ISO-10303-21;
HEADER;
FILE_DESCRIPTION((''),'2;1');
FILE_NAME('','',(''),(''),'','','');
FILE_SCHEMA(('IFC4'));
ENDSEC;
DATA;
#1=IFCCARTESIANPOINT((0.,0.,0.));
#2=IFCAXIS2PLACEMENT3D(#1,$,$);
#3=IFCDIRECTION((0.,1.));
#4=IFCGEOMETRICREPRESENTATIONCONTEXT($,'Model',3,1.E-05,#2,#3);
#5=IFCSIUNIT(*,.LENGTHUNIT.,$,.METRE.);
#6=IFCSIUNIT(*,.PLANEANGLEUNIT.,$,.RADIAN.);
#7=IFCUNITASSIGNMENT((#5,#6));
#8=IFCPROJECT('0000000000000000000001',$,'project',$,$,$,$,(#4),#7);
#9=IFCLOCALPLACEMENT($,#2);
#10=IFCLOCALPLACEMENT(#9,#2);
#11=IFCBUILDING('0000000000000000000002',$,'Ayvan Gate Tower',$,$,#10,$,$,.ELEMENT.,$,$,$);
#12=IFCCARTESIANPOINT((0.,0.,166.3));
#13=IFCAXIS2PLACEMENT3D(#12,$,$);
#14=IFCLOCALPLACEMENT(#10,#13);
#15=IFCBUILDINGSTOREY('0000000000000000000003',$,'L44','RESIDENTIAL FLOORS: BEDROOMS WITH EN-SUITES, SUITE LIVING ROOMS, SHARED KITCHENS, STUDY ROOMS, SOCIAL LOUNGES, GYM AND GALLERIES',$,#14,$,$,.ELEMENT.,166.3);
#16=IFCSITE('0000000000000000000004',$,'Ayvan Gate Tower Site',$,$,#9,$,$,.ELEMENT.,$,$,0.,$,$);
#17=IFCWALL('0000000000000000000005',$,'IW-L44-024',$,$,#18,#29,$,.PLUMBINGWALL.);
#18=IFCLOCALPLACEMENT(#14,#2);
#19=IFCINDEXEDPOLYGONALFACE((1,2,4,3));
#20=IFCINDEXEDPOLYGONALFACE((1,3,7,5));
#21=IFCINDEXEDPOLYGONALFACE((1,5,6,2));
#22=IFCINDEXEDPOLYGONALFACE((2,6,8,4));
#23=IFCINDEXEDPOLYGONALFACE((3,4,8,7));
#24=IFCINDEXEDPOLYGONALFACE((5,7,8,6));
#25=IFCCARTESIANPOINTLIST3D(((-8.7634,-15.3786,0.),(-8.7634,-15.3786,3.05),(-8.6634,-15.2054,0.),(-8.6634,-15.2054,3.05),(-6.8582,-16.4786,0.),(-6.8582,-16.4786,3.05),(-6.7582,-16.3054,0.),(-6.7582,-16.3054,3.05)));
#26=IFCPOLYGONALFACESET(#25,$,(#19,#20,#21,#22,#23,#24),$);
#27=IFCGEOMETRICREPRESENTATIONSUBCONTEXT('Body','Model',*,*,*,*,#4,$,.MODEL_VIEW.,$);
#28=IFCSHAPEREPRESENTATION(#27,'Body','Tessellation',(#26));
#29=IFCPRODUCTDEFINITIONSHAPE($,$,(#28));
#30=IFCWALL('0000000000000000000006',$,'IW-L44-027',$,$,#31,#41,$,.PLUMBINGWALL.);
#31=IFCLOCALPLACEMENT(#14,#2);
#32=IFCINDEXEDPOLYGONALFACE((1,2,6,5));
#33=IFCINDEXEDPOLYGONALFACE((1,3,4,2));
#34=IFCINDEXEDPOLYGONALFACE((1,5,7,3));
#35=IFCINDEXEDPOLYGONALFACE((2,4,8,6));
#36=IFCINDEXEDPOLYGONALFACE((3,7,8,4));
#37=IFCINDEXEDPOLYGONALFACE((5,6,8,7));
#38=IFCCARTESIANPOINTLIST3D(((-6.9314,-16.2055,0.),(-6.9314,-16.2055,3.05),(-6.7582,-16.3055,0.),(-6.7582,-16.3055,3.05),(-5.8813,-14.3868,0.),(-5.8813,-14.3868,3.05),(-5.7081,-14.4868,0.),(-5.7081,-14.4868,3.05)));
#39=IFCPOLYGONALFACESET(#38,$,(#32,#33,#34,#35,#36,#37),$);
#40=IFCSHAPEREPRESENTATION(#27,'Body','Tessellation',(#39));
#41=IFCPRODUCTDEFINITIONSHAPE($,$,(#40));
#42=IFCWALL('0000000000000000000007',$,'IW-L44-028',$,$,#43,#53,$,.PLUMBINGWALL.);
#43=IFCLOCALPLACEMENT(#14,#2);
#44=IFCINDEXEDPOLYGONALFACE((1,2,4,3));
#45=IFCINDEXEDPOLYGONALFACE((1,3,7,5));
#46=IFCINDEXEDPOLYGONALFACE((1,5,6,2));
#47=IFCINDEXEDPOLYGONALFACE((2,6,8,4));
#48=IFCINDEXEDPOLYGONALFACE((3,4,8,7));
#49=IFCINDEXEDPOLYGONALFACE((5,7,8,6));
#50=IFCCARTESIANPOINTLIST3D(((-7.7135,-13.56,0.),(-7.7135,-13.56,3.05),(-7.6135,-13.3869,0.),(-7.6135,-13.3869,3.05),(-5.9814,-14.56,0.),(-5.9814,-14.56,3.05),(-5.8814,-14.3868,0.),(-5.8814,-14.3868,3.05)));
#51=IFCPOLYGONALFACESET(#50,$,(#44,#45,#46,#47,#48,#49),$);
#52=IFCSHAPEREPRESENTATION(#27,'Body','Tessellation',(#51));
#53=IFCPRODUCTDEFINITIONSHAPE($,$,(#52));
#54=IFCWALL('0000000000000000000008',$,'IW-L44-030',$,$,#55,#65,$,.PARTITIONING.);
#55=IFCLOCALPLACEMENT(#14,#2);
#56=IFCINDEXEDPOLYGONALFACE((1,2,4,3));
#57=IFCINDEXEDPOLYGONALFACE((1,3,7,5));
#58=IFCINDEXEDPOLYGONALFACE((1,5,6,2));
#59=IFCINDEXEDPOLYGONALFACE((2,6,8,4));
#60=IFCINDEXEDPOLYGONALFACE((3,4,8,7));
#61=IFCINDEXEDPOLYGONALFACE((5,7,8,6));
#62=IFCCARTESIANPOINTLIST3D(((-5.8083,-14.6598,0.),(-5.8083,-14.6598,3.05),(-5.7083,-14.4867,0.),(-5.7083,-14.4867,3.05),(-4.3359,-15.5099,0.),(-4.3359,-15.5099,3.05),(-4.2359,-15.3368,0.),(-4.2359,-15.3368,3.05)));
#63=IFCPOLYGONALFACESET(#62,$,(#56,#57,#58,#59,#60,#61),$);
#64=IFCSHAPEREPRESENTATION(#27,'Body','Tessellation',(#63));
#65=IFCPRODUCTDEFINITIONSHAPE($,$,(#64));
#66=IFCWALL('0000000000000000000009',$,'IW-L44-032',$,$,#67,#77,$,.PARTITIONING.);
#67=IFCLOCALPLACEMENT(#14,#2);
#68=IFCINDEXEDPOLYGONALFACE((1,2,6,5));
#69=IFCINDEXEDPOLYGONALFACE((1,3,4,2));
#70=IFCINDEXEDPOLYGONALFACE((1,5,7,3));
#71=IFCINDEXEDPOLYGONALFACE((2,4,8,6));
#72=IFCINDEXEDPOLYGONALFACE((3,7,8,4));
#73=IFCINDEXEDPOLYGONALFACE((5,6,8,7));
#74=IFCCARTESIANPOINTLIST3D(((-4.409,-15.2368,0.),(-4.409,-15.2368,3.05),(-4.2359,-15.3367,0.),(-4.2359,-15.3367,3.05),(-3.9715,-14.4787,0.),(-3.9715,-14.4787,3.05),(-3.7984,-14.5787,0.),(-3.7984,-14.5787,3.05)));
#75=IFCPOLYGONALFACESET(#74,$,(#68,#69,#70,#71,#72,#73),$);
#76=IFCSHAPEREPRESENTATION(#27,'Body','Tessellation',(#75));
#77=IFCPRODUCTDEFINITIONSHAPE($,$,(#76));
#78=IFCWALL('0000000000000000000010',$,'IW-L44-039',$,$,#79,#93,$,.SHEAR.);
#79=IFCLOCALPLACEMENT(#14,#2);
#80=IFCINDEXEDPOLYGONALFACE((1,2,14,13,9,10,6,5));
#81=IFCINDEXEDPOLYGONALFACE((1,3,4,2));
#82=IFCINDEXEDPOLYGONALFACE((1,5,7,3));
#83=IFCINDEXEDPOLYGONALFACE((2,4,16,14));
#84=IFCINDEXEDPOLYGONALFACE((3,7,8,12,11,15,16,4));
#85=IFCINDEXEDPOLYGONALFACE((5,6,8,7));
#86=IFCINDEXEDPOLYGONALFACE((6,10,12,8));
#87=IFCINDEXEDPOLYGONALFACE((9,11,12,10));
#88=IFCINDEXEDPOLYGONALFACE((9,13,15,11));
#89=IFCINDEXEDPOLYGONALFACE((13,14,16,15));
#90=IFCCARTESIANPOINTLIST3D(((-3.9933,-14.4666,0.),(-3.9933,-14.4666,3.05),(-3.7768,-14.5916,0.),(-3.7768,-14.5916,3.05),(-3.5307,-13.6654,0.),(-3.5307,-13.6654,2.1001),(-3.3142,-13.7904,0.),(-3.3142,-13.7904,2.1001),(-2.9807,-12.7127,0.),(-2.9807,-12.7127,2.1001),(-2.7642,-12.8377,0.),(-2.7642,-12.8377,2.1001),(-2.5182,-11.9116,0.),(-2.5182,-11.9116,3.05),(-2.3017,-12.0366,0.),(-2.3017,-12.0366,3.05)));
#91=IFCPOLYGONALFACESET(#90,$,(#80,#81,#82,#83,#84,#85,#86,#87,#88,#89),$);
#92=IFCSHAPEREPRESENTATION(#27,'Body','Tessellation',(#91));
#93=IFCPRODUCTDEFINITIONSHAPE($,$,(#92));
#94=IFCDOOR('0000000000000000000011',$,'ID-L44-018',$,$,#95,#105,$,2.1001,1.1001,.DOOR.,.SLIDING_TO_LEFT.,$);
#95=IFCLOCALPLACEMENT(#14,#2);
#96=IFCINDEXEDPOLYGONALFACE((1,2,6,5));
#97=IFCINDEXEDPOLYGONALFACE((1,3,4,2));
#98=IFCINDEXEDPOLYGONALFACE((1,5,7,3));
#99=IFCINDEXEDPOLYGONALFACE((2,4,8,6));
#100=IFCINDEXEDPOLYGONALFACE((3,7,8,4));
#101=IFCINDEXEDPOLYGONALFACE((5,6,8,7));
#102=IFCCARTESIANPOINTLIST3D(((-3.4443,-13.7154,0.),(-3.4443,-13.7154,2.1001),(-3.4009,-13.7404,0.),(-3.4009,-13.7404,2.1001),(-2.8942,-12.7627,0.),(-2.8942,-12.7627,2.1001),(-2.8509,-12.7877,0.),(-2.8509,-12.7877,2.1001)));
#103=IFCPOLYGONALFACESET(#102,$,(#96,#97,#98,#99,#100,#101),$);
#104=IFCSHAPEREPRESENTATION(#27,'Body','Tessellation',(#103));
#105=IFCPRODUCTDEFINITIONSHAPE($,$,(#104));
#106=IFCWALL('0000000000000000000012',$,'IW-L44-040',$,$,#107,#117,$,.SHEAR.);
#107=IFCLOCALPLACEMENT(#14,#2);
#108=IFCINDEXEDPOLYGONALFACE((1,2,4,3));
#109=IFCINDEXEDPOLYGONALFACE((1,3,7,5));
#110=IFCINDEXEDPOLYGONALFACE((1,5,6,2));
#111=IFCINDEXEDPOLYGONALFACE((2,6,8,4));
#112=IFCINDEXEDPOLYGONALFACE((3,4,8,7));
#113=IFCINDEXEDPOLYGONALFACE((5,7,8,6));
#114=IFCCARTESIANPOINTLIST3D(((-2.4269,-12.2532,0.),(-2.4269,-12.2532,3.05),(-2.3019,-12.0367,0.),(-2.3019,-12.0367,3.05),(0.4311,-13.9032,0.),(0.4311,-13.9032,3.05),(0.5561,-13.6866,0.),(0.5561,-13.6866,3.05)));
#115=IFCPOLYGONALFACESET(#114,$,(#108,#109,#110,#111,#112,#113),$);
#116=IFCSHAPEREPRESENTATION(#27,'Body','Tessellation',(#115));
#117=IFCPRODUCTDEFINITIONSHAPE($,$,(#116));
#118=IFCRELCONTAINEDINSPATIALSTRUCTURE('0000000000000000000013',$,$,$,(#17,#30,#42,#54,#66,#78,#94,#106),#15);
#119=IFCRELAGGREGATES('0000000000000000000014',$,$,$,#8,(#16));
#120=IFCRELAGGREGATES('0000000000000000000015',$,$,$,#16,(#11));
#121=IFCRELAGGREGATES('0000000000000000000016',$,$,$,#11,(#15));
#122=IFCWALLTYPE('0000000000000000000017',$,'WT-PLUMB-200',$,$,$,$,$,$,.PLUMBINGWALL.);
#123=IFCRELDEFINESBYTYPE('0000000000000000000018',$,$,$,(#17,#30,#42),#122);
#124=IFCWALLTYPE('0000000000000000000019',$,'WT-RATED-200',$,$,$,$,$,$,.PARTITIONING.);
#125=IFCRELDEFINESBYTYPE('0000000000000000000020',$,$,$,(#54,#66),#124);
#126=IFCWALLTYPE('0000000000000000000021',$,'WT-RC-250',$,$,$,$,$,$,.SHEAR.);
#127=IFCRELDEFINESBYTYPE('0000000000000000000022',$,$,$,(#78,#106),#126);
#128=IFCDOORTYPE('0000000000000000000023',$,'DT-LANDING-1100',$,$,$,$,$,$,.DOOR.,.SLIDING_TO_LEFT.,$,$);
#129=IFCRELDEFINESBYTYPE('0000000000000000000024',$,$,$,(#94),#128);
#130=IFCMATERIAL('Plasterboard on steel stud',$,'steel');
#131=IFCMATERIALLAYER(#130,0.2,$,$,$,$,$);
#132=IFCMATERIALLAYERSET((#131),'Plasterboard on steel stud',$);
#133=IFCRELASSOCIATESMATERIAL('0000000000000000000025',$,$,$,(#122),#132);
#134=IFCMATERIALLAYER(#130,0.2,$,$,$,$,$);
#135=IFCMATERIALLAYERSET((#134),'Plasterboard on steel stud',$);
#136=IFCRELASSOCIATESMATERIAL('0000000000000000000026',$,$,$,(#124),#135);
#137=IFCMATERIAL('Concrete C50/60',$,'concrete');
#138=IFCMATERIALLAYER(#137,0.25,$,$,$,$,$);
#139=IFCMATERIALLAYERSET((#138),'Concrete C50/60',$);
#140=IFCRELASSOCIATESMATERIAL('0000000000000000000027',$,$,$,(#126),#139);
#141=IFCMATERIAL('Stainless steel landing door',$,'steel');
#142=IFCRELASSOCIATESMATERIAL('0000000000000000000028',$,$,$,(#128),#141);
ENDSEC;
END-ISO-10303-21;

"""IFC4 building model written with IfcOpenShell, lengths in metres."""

from ifc_helpers import new_model, si_unit, direction, frame, frame_2d, origin, place, context, subcontext, project, spatial, rectangle, extrude, material, layer, layer_set, type_object, element, fill, save


model = new_model("IFC4")

# Units and contexts
model_context = context("Model", 3, precision=1e-05, world=origin(), true_north=direction((0.0, 1.0)))
body_context = subcontext(model_context, "Body", "Model", "MODEL_VIEW")
ifc_project = project(units=[si_unit("LENGTHUNIT", "METRE"), si_unit("PLANEANGLEUNIT", "RADIAN")], contexts=[model_context])

# Site, building, storey
site_placement = place(None, origin())
site = spatial("IfcSite", under=ifc_project, at=site_placement, Name="Ayvan Gate Tower Site", CompositionType="ELEMENT", RefElevation=0.0)
building_placement = place(site_placement, origin())
building = spatial("IfcBuilding", under=site, at=building_placement, Name="Ayvan Gate Tower", CompositionType="ELEMENT")
storey_placement = place(building_placement, frame((0.0, 0.0, 166.3)))
storey = spatial("IfcBuildingStorey", under=building, at=storey_placement, Name="L44", Description="RESIDENTIAL FLOORS: BEDROOMS WITH EN-SUITES, SUITE LIVING ROOMS, SHARED KITCHENS, STUDY ROOMS, SOCIAL LOUNGES, GYM AND GALLERIES", CompositionType="ELEMENT", Elevation=166.3)

# Walls
ifc_material_1 = material(Name="Plasterboard on steel stud", Category="steel")
ifc_layer_1 = layer(ifc_material_1, 0.2)
ifc_layer_set_1 = layer_set([ifc_layer_1], Name="Plasterboard on steel stud")
wall_type_1 = type_object("IfcWallType", Name="WT-PLUMB-200", PredefinedType="PLUMBINGWALL", material=ifc_layer_set_1)
wall_1_placement = place(storey_placement, frame((-6.8081, -16.3921, 0.0), z_axis=(0.0, 0.0, 1.0), x_axis=(-0.866008, 0.50003, 0.0)))
element("IfcWall", 1, at=wall_1_placement, inside=storey, type_object=wall_type_1, Name="IW-L44-024", PredefinedType="PLUMBINGWALL", context=body_context, shape_type="SweptSolid", body=[
    extrude(rectangle(XDim=2.2, YDim=0.2, at=frame_2d((1.1001, 0.0))), origin(), (0.0, 0.0, 1.0), 3.05),
])
wall_2_placement = place(storey_placement, frame((-5.7947, -14.4368, 0.0), z_axis=(0.0, 0.0, 1.0), x_axis=(-0.500028, -0.866009, 0.0)))
element("IfcWall", 2, at=wall_2_placement, inside=storey, type_object=wall_type_1, Name="IW-L44-027", PredefinedType="PLUMBINGWALL", context=body_context, shape_type="SweptSolid", body=[
    extrude(rectangle(XDim=2.1001, YDim=0.2, at=frame_2d((1.05, 0.0))), origin(), (0.0, 0.0, 1.0), 3.05),
])
wall_3_placement = place(storey_placement, frame((-5.9314, -14.4734, 0.0), z_axis=(0.0, 0.0, 1.0), x_axis=(-0.866041, 0.499973, 0.0)))
element("IfcWall", 3, at=wall_3_placement, inside=storey, type_object=wall_type_1, Name="IW-L44-028", PredefinedType="PLUMBINGWALL", context=body_context, shape_type="SweptSolid", body=[
    extrude(rectangle(XDim=2.0, YDim=0.2, at=frame_2d((1.0, 0.0))), origin(), (0.0, 0.0, 1.0), 3.05),
])
ifc_layer_2 = layer(ifc_material_1, 0.2)
ifc_layer_set_2 = layer_set([ifc_layer_2], Name="Plasterboard on steel stud")
wall_type_2 = type_object("IfcWallType", Name="WT-RATED-200", PredefinedType="PARTITIONING", material=ifc_layer_set_2)
wall_4_placement = place(storey_placement, frame((-4.2859, -15.4233, 0.0), z_axis=(0.0, 0.0, 1.0), x_axis=(-0.866025, 0.5, 0.0)))
element("IfcWall", 4, at=wall_4_placement, inside=storey, type_object=wall_type_2, Name="IW-L44-030", PredefinedType="PARTITIONING", context=body_context, shape_type="SweptSolid", body=[
    extrude(rectangle(XDim=1.7002, YDim=0.2, at=frame_2d((0.8501, 0.0))), origin(), (0.0, 0.0, 1.0), 3.05),
])
wall_5_placement = place(storey_placement, frame((-3.885, -14.5288, 0.0), z_axis=(0.0, 0.0, 1.0), x_axis=(-0.499859, -0.866107, 0.0)))
element("IfcWall", 5, at=wall_5_placement, inside=storey, type_object=wall_type_2, Name="IW-L44-032", PredefinedType="PARTITIONING", context=body_context, shape_type="SweptSolid", body=[
    extrude(rectangle(XDim=0.8752, YDim=0.2, at=frame_2d((0.4375, 0.0))), origin(), (0.0, 0.0, 1.0), 3.05),
])

# Wall, opening, door
ifc_material_2 = material(Name="Concrete C50/60", Category="concrete")
ifc_layer_3 = layer(ifc_material_2, 0.25)
ifc_layer_set_3 = layer_set([ifc_layer_3], Name="Concrete C50/60")
wall_type_3 = type_object("IfcWallType", Name="WT-RC-250", PredefinedType="SHEAR", material=ifc_layer_set_3)
wall_6_placement = place(storey_placement, frame((-2.4099, -11.9741, 0.0), z_axis=(0.0, 0.0, 1.0), x_axis=(-0.500002, -0.866024, 0.0)))
wall_6 = element("IfcWall", 6, at=wall_6_placement, inside=storey, type_object=wall_type_3, Name="IW-L44-039", PredefinedType="SHEAR", context=body_context, shape_type="SweptSolid", body=[
    extrude(rectangle(XDim=2.9502, YDim=0.25, at=frame_2d((1.4751, 0.0))), origin(), (0.0, 0.0, 1.0), 3.05),
])
opening_placement = place(wall_6_placement, frame((0.925, 0.0, 0.0)))
opening = element("IfcOpeningElement", 7, at=opening_placement, cuts=wall_6, PredefinedType="OPENING", context=body_context, shape_type="SweptSolid", body=[
    extrude(rectangle(XDim=1.1001, YDim=2.1001, at=frame_2d((0.55, 1.05))), frame((0.0, 0.135, 0.0), z_axis=(0.0, -1.0, 0.0), x_axis=(1.0, 0.0, 0.0)), (0.0, 0.0, 1.0), 0.27),
])
ifc_material_3 = material(Name="Stainless steel landing door", Category="steel")
door_type = type_object("IfcDoorType", Name="DT-LANDING-1100", OperationType="SLIDING_TO_LEFT", PredefinedType="DOOR", material=ifc_material_3)
door_placement = place(opening_placement, origin())
door = element("IfcDoor", 8, at=door_placement, inside=storey, type_object=door_type, Name="ID-L44-018", OperationType="SLIDING_TO_LEFT", OverallHeight=2.1001, OverallWidth=1.1001, PredefinedType="DOOR", context=body_context, shape_type="SweptSolid", body=[
    extrude(rectangle(XDim=1.1001, YDim=2.1001, at=frame_2d((0.55, 1.05))), frame((0.0, 0.0249, 0.0), z_axis=(0.0, -1.0, 0.0), x_axis=(1.0, 0.0, 0.0)), (0.0, 0.0, 1.0), 0.05),
])
fill(opening, door)

# Wall
wall_7_placement = place(storey_placement, frame((-2.3643, -12.145, 0.0), z_axis=(0.0, 0.0, 1.0), x_axis=(0.86604, -0.499974, 0.0)))
element("IfcWall", 9, at=wall_7_placement, inside=storey, type_object=wall_type_3, Name="IW-L44-040", PredefinedType="SHEAR", context=body_context, shape_type="SweptSolid", body=[
    extrude(rectangle(XDim=3.3, YDim=0.25, at=frame_2d((1.6499, 0.0))), origin(), (0.0, 0.0, 1.0), 3.05),
])

save(model, "model.ifc")
